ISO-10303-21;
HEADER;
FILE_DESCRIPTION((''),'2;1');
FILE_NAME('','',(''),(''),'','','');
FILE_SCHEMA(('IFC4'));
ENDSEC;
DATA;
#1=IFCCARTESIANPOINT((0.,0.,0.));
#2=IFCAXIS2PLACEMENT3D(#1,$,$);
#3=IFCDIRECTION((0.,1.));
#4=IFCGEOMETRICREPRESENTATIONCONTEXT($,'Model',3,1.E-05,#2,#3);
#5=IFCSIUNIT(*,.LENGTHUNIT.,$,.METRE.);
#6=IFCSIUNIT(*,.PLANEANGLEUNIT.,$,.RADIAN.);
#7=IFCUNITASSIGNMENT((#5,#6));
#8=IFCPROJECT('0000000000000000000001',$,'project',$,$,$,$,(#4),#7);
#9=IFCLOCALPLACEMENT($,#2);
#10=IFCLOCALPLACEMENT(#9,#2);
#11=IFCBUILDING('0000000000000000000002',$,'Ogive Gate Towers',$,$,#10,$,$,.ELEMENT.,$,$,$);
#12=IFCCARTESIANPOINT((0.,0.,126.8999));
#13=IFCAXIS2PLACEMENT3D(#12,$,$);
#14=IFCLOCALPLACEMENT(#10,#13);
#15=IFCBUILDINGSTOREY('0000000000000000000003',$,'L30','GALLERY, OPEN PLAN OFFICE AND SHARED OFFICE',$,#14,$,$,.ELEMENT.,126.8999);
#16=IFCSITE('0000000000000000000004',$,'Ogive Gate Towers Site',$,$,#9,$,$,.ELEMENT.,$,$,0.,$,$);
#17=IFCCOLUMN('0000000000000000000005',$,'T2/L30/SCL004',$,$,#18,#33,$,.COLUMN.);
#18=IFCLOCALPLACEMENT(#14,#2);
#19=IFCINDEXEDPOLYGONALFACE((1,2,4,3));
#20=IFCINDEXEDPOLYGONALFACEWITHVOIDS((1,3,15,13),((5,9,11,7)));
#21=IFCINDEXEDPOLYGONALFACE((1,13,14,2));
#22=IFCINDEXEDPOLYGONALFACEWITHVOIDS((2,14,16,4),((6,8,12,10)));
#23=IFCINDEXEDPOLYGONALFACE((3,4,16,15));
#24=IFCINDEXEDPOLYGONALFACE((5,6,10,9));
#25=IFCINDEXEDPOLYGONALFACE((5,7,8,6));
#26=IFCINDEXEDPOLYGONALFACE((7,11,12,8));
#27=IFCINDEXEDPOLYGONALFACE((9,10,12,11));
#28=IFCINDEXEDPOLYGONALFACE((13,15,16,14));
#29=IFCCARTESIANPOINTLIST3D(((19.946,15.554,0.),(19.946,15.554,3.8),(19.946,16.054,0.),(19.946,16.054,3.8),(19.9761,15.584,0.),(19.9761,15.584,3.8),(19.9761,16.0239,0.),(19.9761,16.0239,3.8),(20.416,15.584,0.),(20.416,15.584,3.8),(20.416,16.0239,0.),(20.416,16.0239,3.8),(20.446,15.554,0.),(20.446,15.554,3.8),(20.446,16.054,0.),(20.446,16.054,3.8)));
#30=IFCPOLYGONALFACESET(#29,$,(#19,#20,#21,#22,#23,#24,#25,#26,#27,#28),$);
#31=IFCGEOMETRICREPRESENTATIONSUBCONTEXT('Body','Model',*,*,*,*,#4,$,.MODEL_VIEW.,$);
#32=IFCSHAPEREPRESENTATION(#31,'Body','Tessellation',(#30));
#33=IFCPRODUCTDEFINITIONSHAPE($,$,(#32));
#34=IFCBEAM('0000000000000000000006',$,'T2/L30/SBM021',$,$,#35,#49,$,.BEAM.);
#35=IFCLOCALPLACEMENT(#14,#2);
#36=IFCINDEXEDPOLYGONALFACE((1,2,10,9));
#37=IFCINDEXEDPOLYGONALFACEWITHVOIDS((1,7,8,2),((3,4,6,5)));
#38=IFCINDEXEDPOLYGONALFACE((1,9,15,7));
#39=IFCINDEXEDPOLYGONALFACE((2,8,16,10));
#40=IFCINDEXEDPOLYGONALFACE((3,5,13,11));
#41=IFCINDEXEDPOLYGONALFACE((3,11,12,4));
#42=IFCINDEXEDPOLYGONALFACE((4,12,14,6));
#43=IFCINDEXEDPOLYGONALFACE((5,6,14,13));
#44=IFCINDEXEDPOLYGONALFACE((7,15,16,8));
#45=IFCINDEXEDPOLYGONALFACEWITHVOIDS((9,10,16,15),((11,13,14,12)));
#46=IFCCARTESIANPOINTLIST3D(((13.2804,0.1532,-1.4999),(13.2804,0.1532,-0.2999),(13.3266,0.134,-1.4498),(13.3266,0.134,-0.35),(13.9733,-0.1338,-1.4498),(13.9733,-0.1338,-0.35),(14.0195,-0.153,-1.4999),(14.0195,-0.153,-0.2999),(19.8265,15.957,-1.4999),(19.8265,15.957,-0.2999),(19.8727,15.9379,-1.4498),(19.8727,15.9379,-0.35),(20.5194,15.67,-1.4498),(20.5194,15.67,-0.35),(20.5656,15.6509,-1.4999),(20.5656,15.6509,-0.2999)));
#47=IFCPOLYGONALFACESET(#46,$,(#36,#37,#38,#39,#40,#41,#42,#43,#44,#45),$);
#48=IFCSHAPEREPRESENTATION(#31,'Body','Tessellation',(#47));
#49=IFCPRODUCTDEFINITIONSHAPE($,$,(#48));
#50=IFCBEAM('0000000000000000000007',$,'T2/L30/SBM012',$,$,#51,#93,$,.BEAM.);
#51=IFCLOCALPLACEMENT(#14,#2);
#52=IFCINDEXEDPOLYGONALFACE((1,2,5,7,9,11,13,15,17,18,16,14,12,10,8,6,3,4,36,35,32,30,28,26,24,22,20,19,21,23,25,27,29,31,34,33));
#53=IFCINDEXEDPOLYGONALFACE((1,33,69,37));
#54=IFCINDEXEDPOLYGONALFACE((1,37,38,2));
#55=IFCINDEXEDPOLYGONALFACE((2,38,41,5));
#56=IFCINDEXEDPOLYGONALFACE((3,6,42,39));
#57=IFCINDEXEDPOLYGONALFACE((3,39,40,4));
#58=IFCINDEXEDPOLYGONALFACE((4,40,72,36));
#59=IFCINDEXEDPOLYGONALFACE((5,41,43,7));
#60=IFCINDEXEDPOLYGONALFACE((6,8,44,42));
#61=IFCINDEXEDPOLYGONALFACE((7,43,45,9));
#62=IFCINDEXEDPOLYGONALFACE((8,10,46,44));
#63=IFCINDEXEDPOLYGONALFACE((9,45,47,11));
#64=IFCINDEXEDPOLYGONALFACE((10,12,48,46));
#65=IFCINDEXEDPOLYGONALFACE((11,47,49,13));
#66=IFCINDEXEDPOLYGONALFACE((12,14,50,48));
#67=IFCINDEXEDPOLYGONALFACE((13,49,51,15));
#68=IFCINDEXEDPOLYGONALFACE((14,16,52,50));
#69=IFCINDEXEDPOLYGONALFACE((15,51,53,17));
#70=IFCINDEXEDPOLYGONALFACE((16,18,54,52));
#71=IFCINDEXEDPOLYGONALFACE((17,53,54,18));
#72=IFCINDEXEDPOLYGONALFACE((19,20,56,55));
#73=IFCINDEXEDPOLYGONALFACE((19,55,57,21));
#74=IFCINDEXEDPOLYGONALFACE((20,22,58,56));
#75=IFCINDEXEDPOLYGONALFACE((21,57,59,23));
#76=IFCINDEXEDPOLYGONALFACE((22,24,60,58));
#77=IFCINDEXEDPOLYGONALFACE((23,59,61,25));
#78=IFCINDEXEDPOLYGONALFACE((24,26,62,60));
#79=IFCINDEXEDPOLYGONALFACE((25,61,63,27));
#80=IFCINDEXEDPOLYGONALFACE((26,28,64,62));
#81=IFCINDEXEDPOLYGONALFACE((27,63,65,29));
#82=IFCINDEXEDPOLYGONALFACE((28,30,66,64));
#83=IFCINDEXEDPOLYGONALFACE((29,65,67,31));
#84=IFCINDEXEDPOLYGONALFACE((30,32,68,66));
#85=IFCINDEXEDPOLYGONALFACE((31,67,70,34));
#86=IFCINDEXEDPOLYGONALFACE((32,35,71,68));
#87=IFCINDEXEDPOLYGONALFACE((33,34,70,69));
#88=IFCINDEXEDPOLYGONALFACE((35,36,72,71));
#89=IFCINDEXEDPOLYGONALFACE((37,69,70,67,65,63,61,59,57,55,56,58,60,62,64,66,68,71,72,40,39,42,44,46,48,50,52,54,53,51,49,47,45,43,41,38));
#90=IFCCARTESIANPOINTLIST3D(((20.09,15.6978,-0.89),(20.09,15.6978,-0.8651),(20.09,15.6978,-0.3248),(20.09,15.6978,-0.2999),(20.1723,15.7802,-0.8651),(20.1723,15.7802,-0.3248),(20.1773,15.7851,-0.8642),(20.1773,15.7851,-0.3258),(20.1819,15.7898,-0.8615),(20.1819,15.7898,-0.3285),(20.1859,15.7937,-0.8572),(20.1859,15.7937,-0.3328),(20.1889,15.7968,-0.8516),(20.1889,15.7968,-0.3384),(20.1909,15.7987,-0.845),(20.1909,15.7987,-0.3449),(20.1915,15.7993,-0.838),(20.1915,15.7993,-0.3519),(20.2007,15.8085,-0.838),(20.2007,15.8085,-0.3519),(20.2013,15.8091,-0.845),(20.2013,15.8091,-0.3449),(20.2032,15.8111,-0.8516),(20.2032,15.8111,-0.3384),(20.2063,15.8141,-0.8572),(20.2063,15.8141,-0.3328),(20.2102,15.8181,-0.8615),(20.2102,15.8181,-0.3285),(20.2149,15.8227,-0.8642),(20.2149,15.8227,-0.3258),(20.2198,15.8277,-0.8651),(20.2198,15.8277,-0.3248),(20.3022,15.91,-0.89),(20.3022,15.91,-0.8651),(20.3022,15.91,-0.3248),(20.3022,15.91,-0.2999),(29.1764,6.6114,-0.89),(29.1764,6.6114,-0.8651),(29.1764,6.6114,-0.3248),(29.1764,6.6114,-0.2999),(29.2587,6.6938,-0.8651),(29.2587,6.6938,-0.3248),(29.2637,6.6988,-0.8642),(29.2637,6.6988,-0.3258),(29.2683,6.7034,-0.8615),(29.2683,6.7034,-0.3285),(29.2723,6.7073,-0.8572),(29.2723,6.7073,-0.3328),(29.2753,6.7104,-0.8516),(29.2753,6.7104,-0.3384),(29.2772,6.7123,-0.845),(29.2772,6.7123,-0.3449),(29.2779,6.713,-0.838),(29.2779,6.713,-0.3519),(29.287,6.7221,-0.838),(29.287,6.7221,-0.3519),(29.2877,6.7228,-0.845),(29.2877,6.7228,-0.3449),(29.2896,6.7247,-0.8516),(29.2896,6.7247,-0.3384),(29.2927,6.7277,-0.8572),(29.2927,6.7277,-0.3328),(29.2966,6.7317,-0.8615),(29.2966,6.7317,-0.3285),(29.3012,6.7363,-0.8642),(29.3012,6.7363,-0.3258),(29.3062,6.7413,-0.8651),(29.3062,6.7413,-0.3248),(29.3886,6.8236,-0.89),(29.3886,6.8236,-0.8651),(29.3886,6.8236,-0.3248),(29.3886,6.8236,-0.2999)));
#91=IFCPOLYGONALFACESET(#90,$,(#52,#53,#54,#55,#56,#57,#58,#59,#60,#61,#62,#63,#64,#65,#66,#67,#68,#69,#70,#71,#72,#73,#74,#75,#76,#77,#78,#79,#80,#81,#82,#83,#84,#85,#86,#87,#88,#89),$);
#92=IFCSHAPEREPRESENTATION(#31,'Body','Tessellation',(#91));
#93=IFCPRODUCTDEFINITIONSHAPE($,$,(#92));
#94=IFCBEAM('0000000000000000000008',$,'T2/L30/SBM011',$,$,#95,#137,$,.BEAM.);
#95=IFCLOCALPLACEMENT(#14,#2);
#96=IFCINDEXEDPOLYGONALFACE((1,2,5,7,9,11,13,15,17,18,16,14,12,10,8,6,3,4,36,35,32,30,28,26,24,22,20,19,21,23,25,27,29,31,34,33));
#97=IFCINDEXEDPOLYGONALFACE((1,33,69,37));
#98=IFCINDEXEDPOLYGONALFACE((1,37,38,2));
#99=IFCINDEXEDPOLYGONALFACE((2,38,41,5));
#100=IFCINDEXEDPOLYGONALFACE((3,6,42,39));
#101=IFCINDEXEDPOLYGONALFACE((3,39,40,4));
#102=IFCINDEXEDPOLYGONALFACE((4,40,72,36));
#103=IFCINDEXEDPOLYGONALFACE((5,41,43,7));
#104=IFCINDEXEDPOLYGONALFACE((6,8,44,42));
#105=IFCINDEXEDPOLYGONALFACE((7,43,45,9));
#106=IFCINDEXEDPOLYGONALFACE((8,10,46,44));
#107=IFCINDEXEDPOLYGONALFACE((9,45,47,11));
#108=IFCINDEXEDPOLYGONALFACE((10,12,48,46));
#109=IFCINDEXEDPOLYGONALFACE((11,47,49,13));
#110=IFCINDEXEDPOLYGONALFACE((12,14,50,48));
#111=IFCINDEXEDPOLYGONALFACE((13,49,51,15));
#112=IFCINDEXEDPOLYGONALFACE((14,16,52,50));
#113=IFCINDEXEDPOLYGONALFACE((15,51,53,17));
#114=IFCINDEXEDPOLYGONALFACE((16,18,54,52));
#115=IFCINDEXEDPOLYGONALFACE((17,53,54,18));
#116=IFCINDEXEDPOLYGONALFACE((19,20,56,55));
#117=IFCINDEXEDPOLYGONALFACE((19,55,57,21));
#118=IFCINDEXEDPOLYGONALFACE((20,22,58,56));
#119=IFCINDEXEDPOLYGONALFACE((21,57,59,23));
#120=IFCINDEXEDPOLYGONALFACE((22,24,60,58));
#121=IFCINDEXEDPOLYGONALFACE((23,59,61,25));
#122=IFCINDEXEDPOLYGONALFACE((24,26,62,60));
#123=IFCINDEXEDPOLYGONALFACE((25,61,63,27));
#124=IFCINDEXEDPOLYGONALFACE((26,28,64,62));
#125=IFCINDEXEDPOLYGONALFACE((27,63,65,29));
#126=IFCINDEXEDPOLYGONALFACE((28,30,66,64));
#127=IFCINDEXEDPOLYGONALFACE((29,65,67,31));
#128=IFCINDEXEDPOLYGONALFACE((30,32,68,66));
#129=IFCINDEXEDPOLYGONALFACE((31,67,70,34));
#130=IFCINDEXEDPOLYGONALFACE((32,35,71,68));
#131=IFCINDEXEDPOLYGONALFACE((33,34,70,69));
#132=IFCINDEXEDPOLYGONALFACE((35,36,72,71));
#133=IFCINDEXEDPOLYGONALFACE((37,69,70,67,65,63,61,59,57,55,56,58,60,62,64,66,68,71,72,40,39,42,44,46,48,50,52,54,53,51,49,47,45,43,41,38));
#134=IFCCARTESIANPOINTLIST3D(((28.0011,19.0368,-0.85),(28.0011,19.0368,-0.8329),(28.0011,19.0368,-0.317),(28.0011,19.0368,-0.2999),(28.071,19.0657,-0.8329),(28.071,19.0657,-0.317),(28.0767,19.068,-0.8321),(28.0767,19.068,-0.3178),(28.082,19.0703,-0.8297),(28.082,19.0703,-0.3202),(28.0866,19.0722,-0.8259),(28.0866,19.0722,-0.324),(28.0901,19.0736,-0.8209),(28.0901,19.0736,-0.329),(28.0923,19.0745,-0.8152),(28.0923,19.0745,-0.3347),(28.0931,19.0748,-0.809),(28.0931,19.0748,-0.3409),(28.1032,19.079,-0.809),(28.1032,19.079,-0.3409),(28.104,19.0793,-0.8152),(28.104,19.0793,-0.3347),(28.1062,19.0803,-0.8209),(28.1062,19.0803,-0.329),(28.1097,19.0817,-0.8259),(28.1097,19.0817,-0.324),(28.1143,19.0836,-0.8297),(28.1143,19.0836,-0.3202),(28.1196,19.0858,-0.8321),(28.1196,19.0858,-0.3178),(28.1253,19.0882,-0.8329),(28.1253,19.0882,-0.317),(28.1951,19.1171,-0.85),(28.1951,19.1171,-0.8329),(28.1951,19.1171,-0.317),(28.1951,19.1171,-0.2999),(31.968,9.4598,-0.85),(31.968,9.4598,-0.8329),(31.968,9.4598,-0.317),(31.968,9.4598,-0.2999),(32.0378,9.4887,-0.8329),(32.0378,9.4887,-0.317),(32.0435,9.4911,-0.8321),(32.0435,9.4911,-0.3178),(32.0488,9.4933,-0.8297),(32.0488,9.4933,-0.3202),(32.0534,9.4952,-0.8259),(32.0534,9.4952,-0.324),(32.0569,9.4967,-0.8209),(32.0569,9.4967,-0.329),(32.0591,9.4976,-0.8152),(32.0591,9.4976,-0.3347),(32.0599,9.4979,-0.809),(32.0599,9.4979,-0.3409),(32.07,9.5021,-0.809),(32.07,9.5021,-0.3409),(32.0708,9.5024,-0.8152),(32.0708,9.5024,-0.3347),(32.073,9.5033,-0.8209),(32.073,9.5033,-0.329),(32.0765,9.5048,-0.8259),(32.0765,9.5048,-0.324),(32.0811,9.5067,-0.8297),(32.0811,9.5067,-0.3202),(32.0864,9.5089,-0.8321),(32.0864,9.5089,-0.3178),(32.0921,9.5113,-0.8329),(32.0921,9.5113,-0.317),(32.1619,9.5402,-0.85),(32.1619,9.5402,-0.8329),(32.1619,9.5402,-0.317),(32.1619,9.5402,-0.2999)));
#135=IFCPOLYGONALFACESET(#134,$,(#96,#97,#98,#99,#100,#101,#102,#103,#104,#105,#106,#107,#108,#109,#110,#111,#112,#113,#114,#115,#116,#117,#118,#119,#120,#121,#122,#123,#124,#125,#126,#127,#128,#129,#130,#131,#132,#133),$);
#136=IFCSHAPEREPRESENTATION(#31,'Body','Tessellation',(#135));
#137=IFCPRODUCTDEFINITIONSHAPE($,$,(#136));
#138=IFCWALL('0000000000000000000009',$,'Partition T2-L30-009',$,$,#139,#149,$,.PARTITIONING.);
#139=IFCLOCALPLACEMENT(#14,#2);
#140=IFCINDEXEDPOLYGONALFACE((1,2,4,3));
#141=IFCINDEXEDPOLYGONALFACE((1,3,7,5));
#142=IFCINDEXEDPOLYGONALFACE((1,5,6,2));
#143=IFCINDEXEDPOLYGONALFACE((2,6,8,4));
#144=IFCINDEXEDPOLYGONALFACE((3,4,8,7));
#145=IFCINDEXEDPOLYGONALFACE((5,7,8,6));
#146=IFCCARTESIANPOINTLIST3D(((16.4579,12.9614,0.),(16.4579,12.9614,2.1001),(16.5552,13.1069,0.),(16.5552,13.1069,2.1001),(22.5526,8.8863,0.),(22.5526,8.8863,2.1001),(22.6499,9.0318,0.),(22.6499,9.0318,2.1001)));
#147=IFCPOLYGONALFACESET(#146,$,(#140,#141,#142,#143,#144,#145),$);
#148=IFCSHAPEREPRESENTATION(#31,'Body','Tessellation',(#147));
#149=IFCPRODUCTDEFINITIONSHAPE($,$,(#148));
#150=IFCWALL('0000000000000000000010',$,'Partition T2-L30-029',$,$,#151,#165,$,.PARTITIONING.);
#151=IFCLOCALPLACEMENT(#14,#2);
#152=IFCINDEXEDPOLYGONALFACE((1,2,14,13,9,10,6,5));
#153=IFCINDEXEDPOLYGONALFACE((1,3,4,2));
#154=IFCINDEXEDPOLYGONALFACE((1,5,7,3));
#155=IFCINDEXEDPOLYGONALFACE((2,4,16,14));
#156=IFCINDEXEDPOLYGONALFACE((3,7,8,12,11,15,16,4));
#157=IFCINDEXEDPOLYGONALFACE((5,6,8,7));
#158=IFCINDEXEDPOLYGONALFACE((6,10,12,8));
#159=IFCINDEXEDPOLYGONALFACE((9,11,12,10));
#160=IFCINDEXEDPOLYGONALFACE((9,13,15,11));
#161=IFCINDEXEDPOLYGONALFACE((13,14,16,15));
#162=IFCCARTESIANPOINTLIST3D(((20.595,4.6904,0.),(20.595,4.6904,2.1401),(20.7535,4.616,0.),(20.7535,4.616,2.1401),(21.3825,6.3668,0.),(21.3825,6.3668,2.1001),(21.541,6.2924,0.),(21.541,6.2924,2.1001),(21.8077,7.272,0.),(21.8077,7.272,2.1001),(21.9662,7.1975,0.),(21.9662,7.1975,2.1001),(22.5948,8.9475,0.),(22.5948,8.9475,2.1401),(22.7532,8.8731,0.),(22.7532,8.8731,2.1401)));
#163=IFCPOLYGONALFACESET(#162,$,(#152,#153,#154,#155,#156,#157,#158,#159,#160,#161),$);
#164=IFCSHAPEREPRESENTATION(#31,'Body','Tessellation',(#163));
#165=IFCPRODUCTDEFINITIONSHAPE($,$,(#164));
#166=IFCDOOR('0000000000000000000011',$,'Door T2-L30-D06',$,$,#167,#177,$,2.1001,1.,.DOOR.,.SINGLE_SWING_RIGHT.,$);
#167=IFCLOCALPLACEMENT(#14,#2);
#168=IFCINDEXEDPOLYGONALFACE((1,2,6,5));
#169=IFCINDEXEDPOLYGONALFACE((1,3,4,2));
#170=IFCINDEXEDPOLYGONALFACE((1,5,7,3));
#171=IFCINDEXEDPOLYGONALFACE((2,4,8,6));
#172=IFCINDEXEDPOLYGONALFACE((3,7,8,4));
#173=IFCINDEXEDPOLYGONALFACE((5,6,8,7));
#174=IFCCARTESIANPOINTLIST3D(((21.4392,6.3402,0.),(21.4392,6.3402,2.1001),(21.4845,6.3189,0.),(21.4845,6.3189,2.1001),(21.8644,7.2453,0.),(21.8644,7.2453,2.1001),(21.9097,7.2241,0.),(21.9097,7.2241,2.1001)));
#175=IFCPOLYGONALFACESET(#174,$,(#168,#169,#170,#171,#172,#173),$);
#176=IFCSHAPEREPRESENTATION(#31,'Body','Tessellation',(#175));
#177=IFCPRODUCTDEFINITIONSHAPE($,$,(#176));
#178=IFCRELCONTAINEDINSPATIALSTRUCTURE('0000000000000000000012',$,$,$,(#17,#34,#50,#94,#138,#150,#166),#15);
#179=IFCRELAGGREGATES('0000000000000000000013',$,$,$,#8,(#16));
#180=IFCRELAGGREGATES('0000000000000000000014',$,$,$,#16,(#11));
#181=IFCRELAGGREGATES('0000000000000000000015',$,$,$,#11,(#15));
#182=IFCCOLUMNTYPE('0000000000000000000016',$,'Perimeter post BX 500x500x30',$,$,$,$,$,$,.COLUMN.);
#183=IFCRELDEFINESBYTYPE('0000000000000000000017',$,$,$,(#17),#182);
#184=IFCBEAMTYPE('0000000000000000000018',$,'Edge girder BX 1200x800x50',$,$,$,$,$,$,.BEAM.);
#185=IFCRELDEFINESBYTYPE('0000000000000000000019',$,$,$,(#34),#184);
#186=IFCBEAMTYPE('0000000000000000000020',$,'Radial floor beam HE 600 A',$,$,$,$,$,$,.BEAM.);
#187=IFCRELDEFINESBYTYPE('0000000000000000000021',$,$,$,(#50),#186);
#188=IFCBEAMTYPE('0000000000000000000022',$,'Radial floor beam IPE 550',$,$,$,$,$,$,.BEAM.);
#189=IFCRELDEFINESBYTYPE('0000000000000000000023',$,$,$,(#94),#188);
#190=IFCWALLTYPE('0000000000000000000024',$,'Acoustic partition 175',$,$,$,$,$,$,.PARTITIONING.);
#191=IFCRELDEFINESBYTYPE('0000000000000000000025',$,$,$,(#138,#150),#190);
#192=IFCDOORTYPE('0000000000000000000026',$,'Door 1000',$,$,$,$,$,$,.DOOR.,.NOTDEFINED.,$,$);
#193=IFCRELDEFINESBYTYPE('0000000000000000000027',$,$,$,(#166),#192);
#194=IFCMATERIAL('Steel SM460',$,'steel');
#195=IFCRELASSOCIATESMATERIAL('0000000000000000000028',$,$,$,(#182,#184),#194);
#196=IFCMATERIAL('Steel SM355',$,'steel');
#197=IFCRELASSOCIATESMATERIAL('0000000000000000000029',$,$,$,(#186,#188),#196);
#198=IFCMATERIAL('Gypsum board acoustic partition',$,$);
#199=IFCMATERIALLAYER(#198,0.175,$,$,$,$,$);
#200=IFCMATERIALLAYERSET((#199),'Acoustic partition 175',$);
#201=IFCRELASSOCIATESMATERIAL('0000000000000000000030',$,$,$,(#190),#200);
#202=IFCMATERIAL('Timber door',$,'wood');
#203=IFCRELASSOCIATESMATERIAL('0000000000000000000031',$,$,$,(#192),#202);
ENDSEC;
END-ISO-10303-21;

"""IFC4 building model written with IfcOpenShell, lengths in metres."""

from ifc_helpers import new_model, si_unit, direction, frame, frame_2d, origin, origin_2d, place, context, subcontext, project, spatial, rectangle, hollow_rectangle, i_section, extrude, material, layer, layer_set, material_profile, profile_set, type_object, element, fill, save


model = new_model("IFC4")

# Units and contexts
model_context = context("Model", 3, precision=1e-05, world=origin(), true_north=direction((0.0, 1.0)))
body_context = subcontext(model_context, "Body", "Model", "MODEL_VIEW")
ifc_project = project(units=[si_unit("LENGTHUNIT", "METRE"), si_unit("PLANEANGLEUNIT", "RADIAN")], contexts=[model_context])

# Site, building, storey
site_placement = place(None, origin())
site = spatial("IfcSite", under=ifc_project, at=site_placement, Name="Ogive Gate Towers Site", CompositionType="ELEMENT", RefElevation=0.0)
building_placement = place(site_placement, origin())
building = spatial("IfcBuilding", under=site, at=building_placement, Name="Ogive Gate Towers", CompositionType="ELEMENT")
storey_placement = place(building_placement, frame((0.0, 0.0, 126.8999)))
storey = spatial("IfcBuildingStorey", under=building, at=storey_placement, Name="L30", Description="GALLERY, OPEN PLAN OFFICE AND SHARED OFFICE", CompositionType="ELEMENT", Elevation=126.8999)

# Column
ifc_material_1 = material(Name="Steel SM460", Category="steel")
ifc_material_profile_1 = material_profile(ifc_material_1, hollow_rectangle(XDim=0.5, YDim=0.5, WallThickness=0.03, at=origin_2d()), Name="BX 500x500x30")
ifc_profile_set_1 = profile_set([ifc_material_profile_1], Name="Steel SM460")
column_type = type_object("IfcColumnType", Name="Perimeter post BX 500x500x30", PredefinedType="COLUMN", material=ifc_profile_set_1)
column_placement = place(storey_placement, frame((20.196, 15.804, 0.0), z_axis=(0.0, 0.0, 1.0), x_axis=(1.0, 0.0, 0.0)))
element("IfcColumn", 1, at=column_placement, inside=storey, type_object=column_type, Name="T2/L30/SCL004", PredefinedType="COLUMN", context=body_context, shape_type="SweptSolid", body=[
    extrude(hollow_rectangle(XDim=0.5, YDim=0.5, WallThickness=0.03, at=origin_2d()), origin(), (0.0, 0.0, 1.0), 3.8),
])

# Beams
ifc_material_profile_2 = material_profile(ifc_material_1, hollow_rectangle(XDim=0.8, YDim=1.2, WallThickness=0.05, at=origin_2d()), Name="BX 1200x800x50")
ifc_profile_set_2 = profile_set([ifc_material_profile_2], Name="Steel SM460")
beam_type_1 = type_object("IfcBeamType", Name="Edge girder BX 1200x800x50", PredefinedType="BEAM", material=ifc_profile_set_2)
beam_1_placement = place(storey_placement, frame((20.196, 15.804, -0.8999), z_axis=(-0.38268, -0.923881, 0.0), x_axis=(0.923881, -0.38268, 0.0)))
element("IfcBeam", 2, at=beam_1_placement, inside=storey, type_object=beam_type_1, Name="T2/L30/SBM021", PredefinedType="BEAM", context=body_context, shape_type="SweptSolid", body=[
    extrude(hollow_rectangle(XDim=0.8, YDim=1.2, WallThickness=0.05, at=origin_2d()), origin(), (0.0, 0.0, 1.0), 17.106),
])
ifc_material_2 = material(Name="Steel SM355", Category="steel")
ifc_material_profile_3 = material_profile(ifc_material_2, i_section(OverallWidth=0.3, OverallDepth=0.5901, WebThickness=0.0129, FlangeThickness=0.0249, FilletRadius=0.0271, at=origin_2d()), Name="HE 600 A")
ifc_profile_set_3 = profile_set([ifc_material_profile_3], Name="Steel SM355")
beam_type_2 = type_object("IfcBeamType", Name="Radial floor beam HE 600 A", PredefinedType="BEAM", material=ifc_profile_set_3)
beam_2_placement = place(storey_placement, frame((29.2825, 6.7175, -0.595), z_axis=(-0.707107, 0.707107, 0.0), x_axis=(-0.707107, -0.707107, 0.0)))
element("IfcBeam", 3, at=beam_2_placement, inside=storey, type_object=beam_type_2, Name="T2/L30/SBM012", PredefinedType="BEAM", context=body_context, shape_type="SweptSolid", body=[
    extrude(i_section(OverallWidth=0.3, OverallDepth=0.5901, WebThickness=0.0129, FlangeThickness=0.0249, FilletRadius=0.0271, at=origin_2d()), origin(), (0.0, 0.0, 1.0), 12.8501),
])
ifc_material_profile_4 = material_profile(ifc_material_2, i_section(OverallWidth=0.21, OverallDepth=0.55, WebThickness=0.011, FlangeThickness=0.0171, FilletRadius=0.0239, at=origin_2d()), Name="IPE 550")
ifc_profile_set_4 = profile_set([ifc_material_profile_4], Name="Steel SM355")
beam_type_3 = type_object("IfcBeamType", Name="Radial floor beam IPE 550", PredefinedType="BEAM", material=ifc_profile_set_4)
beam_3_placement = place(storey_placement, frame((32.0649, 9.5, -0.575), z_axis=(-0.382676, 0.923882, 0.0), x_axis=(-0.923882, -0.382676, 0.0)))
element("IfcBeam", 4, at=beam_3_placement, inside=storey, type_object=beam_type_3, Name="T2/L30/SBM011", PredefinedType="BEAM", context=body_context, shape_type="SweptSolid", body=[
    extrude(i_section(OverallWidth=0.21, OverallDepth=0.55, WebThickness=0.011, FlangeThickness=0.0171, FilletRadius=0.0239, at=origin_2d()), origin(), (0.0, 0.0, 1.0), 10.366),
])

# Wall
ifc_material_3 = material(Name="Gypsum board acoustic partition")
ifc_layer_1 = layer(ifc_material_3, 0.175)
ifc_layer_set_1 = layer_set([ifc_layer_1], Name="Acoustic partition 175")
wall_type_1 = type_object("IfcWallType", Name="Acoustic partition 175", PredefinedType="PARTITIONING", material=ifc_layer_set_1)
wall_1_placement = place(storey_placement, frame((16.5066, 13.0342, 0.0), z_axis=(0.0, 0.0, 1.0), x_axis=(0.831291, -0.555837, 0.0)))
element("IfcWall", 5, at=wall_1_placement, inside=storey, type_object=wall_type_1, Name="Partition T2-L30-009", PredefinedType="PARTITIONING", context=body_context, shape_type="SweptSolid", body=[
    extrude(rectangle(XDim=7.3315, YDim=0.175, at=frame_2d((3.6658, 0.0))), origin(), (0.0, 0.0, 1.0), 2.1001),
])

# Wall, opening, door
wall_2_placement = place(storey_placement, frame((20.6743, 4.6533, 0.0), z_axis=(0.0, 0.0, 1.0), x_axis=(0.425174, 0.905111, 0.0)))
wall_2 = element("IfcWall", 6, at=wall_2_placement, inside=storey, type_object=wall_type_1, Name="Partition T2-L30-029", PredefinedType="PARTITIONING", context=body_context, shape_type="SweptSolid", body=[
    extrude(rectangle(XDim=4.7034, YDim=0.175, at=frame_2d((2.3516, 0.0))), origin(), (0.0, 0.0, 1.0), 2.1401),
])
opening_1_placement = place(wall_2_placement, frame((1.8521, 0.0, 0.0)))
opening_1 = element("IfcOpeningElement", 7, at=opening_1_placement, cuts=wall_2, PredefinedType="OPENING", context=body_context, shape_type="SweptSolid", body=[
    extrude(rectangle(XDim=1.0, YDim=2.1001, at=frame_2d((0.5, 1.05))), frame((0.0, 0.0977, 0.0), z_axis=(0.0, -1.0, 0.0), x_axis=(1.0, 0.0, 0.0)), (0.0, 0.0, 1.0), 0.1951),
])
ifc_material_4 = material(Name="Timber door", Category="wood")
door_type_1 = type_object("IfcDoorType", Name="Door 1000", OperationType="NOTDEFINED", PredefinedType="DOOR", material=ifc_material_4)
door_1_placement = place(opening_1_placement, origin())
door_1 = element("IfcDoor", 8, at=door_1_placement, inside=storey, type_object=door_type_1, Name="Door T2-L30-D06", OperationType="SINGLE_SWING_RIGHT", OverallHeight=2.1001, OverallWidth=1.0, PredefinedType="DOOR", context=body_context, shape_type="SweptSolid", body=[
    extrude(rectangle(XDim=1.0, YDim=2.1001, at=frame_2d((0.5, 1.05))), frame((0.0, 0.0249, 0.0), z_axis=(0.0, -1.0, 0.0), x_axis=(1.0, 0.0, 0.0)), (0.0, 0.0, 1.0), 0.05),
])
fill(opening_1, door_1)

save(model, "model.ifc")
